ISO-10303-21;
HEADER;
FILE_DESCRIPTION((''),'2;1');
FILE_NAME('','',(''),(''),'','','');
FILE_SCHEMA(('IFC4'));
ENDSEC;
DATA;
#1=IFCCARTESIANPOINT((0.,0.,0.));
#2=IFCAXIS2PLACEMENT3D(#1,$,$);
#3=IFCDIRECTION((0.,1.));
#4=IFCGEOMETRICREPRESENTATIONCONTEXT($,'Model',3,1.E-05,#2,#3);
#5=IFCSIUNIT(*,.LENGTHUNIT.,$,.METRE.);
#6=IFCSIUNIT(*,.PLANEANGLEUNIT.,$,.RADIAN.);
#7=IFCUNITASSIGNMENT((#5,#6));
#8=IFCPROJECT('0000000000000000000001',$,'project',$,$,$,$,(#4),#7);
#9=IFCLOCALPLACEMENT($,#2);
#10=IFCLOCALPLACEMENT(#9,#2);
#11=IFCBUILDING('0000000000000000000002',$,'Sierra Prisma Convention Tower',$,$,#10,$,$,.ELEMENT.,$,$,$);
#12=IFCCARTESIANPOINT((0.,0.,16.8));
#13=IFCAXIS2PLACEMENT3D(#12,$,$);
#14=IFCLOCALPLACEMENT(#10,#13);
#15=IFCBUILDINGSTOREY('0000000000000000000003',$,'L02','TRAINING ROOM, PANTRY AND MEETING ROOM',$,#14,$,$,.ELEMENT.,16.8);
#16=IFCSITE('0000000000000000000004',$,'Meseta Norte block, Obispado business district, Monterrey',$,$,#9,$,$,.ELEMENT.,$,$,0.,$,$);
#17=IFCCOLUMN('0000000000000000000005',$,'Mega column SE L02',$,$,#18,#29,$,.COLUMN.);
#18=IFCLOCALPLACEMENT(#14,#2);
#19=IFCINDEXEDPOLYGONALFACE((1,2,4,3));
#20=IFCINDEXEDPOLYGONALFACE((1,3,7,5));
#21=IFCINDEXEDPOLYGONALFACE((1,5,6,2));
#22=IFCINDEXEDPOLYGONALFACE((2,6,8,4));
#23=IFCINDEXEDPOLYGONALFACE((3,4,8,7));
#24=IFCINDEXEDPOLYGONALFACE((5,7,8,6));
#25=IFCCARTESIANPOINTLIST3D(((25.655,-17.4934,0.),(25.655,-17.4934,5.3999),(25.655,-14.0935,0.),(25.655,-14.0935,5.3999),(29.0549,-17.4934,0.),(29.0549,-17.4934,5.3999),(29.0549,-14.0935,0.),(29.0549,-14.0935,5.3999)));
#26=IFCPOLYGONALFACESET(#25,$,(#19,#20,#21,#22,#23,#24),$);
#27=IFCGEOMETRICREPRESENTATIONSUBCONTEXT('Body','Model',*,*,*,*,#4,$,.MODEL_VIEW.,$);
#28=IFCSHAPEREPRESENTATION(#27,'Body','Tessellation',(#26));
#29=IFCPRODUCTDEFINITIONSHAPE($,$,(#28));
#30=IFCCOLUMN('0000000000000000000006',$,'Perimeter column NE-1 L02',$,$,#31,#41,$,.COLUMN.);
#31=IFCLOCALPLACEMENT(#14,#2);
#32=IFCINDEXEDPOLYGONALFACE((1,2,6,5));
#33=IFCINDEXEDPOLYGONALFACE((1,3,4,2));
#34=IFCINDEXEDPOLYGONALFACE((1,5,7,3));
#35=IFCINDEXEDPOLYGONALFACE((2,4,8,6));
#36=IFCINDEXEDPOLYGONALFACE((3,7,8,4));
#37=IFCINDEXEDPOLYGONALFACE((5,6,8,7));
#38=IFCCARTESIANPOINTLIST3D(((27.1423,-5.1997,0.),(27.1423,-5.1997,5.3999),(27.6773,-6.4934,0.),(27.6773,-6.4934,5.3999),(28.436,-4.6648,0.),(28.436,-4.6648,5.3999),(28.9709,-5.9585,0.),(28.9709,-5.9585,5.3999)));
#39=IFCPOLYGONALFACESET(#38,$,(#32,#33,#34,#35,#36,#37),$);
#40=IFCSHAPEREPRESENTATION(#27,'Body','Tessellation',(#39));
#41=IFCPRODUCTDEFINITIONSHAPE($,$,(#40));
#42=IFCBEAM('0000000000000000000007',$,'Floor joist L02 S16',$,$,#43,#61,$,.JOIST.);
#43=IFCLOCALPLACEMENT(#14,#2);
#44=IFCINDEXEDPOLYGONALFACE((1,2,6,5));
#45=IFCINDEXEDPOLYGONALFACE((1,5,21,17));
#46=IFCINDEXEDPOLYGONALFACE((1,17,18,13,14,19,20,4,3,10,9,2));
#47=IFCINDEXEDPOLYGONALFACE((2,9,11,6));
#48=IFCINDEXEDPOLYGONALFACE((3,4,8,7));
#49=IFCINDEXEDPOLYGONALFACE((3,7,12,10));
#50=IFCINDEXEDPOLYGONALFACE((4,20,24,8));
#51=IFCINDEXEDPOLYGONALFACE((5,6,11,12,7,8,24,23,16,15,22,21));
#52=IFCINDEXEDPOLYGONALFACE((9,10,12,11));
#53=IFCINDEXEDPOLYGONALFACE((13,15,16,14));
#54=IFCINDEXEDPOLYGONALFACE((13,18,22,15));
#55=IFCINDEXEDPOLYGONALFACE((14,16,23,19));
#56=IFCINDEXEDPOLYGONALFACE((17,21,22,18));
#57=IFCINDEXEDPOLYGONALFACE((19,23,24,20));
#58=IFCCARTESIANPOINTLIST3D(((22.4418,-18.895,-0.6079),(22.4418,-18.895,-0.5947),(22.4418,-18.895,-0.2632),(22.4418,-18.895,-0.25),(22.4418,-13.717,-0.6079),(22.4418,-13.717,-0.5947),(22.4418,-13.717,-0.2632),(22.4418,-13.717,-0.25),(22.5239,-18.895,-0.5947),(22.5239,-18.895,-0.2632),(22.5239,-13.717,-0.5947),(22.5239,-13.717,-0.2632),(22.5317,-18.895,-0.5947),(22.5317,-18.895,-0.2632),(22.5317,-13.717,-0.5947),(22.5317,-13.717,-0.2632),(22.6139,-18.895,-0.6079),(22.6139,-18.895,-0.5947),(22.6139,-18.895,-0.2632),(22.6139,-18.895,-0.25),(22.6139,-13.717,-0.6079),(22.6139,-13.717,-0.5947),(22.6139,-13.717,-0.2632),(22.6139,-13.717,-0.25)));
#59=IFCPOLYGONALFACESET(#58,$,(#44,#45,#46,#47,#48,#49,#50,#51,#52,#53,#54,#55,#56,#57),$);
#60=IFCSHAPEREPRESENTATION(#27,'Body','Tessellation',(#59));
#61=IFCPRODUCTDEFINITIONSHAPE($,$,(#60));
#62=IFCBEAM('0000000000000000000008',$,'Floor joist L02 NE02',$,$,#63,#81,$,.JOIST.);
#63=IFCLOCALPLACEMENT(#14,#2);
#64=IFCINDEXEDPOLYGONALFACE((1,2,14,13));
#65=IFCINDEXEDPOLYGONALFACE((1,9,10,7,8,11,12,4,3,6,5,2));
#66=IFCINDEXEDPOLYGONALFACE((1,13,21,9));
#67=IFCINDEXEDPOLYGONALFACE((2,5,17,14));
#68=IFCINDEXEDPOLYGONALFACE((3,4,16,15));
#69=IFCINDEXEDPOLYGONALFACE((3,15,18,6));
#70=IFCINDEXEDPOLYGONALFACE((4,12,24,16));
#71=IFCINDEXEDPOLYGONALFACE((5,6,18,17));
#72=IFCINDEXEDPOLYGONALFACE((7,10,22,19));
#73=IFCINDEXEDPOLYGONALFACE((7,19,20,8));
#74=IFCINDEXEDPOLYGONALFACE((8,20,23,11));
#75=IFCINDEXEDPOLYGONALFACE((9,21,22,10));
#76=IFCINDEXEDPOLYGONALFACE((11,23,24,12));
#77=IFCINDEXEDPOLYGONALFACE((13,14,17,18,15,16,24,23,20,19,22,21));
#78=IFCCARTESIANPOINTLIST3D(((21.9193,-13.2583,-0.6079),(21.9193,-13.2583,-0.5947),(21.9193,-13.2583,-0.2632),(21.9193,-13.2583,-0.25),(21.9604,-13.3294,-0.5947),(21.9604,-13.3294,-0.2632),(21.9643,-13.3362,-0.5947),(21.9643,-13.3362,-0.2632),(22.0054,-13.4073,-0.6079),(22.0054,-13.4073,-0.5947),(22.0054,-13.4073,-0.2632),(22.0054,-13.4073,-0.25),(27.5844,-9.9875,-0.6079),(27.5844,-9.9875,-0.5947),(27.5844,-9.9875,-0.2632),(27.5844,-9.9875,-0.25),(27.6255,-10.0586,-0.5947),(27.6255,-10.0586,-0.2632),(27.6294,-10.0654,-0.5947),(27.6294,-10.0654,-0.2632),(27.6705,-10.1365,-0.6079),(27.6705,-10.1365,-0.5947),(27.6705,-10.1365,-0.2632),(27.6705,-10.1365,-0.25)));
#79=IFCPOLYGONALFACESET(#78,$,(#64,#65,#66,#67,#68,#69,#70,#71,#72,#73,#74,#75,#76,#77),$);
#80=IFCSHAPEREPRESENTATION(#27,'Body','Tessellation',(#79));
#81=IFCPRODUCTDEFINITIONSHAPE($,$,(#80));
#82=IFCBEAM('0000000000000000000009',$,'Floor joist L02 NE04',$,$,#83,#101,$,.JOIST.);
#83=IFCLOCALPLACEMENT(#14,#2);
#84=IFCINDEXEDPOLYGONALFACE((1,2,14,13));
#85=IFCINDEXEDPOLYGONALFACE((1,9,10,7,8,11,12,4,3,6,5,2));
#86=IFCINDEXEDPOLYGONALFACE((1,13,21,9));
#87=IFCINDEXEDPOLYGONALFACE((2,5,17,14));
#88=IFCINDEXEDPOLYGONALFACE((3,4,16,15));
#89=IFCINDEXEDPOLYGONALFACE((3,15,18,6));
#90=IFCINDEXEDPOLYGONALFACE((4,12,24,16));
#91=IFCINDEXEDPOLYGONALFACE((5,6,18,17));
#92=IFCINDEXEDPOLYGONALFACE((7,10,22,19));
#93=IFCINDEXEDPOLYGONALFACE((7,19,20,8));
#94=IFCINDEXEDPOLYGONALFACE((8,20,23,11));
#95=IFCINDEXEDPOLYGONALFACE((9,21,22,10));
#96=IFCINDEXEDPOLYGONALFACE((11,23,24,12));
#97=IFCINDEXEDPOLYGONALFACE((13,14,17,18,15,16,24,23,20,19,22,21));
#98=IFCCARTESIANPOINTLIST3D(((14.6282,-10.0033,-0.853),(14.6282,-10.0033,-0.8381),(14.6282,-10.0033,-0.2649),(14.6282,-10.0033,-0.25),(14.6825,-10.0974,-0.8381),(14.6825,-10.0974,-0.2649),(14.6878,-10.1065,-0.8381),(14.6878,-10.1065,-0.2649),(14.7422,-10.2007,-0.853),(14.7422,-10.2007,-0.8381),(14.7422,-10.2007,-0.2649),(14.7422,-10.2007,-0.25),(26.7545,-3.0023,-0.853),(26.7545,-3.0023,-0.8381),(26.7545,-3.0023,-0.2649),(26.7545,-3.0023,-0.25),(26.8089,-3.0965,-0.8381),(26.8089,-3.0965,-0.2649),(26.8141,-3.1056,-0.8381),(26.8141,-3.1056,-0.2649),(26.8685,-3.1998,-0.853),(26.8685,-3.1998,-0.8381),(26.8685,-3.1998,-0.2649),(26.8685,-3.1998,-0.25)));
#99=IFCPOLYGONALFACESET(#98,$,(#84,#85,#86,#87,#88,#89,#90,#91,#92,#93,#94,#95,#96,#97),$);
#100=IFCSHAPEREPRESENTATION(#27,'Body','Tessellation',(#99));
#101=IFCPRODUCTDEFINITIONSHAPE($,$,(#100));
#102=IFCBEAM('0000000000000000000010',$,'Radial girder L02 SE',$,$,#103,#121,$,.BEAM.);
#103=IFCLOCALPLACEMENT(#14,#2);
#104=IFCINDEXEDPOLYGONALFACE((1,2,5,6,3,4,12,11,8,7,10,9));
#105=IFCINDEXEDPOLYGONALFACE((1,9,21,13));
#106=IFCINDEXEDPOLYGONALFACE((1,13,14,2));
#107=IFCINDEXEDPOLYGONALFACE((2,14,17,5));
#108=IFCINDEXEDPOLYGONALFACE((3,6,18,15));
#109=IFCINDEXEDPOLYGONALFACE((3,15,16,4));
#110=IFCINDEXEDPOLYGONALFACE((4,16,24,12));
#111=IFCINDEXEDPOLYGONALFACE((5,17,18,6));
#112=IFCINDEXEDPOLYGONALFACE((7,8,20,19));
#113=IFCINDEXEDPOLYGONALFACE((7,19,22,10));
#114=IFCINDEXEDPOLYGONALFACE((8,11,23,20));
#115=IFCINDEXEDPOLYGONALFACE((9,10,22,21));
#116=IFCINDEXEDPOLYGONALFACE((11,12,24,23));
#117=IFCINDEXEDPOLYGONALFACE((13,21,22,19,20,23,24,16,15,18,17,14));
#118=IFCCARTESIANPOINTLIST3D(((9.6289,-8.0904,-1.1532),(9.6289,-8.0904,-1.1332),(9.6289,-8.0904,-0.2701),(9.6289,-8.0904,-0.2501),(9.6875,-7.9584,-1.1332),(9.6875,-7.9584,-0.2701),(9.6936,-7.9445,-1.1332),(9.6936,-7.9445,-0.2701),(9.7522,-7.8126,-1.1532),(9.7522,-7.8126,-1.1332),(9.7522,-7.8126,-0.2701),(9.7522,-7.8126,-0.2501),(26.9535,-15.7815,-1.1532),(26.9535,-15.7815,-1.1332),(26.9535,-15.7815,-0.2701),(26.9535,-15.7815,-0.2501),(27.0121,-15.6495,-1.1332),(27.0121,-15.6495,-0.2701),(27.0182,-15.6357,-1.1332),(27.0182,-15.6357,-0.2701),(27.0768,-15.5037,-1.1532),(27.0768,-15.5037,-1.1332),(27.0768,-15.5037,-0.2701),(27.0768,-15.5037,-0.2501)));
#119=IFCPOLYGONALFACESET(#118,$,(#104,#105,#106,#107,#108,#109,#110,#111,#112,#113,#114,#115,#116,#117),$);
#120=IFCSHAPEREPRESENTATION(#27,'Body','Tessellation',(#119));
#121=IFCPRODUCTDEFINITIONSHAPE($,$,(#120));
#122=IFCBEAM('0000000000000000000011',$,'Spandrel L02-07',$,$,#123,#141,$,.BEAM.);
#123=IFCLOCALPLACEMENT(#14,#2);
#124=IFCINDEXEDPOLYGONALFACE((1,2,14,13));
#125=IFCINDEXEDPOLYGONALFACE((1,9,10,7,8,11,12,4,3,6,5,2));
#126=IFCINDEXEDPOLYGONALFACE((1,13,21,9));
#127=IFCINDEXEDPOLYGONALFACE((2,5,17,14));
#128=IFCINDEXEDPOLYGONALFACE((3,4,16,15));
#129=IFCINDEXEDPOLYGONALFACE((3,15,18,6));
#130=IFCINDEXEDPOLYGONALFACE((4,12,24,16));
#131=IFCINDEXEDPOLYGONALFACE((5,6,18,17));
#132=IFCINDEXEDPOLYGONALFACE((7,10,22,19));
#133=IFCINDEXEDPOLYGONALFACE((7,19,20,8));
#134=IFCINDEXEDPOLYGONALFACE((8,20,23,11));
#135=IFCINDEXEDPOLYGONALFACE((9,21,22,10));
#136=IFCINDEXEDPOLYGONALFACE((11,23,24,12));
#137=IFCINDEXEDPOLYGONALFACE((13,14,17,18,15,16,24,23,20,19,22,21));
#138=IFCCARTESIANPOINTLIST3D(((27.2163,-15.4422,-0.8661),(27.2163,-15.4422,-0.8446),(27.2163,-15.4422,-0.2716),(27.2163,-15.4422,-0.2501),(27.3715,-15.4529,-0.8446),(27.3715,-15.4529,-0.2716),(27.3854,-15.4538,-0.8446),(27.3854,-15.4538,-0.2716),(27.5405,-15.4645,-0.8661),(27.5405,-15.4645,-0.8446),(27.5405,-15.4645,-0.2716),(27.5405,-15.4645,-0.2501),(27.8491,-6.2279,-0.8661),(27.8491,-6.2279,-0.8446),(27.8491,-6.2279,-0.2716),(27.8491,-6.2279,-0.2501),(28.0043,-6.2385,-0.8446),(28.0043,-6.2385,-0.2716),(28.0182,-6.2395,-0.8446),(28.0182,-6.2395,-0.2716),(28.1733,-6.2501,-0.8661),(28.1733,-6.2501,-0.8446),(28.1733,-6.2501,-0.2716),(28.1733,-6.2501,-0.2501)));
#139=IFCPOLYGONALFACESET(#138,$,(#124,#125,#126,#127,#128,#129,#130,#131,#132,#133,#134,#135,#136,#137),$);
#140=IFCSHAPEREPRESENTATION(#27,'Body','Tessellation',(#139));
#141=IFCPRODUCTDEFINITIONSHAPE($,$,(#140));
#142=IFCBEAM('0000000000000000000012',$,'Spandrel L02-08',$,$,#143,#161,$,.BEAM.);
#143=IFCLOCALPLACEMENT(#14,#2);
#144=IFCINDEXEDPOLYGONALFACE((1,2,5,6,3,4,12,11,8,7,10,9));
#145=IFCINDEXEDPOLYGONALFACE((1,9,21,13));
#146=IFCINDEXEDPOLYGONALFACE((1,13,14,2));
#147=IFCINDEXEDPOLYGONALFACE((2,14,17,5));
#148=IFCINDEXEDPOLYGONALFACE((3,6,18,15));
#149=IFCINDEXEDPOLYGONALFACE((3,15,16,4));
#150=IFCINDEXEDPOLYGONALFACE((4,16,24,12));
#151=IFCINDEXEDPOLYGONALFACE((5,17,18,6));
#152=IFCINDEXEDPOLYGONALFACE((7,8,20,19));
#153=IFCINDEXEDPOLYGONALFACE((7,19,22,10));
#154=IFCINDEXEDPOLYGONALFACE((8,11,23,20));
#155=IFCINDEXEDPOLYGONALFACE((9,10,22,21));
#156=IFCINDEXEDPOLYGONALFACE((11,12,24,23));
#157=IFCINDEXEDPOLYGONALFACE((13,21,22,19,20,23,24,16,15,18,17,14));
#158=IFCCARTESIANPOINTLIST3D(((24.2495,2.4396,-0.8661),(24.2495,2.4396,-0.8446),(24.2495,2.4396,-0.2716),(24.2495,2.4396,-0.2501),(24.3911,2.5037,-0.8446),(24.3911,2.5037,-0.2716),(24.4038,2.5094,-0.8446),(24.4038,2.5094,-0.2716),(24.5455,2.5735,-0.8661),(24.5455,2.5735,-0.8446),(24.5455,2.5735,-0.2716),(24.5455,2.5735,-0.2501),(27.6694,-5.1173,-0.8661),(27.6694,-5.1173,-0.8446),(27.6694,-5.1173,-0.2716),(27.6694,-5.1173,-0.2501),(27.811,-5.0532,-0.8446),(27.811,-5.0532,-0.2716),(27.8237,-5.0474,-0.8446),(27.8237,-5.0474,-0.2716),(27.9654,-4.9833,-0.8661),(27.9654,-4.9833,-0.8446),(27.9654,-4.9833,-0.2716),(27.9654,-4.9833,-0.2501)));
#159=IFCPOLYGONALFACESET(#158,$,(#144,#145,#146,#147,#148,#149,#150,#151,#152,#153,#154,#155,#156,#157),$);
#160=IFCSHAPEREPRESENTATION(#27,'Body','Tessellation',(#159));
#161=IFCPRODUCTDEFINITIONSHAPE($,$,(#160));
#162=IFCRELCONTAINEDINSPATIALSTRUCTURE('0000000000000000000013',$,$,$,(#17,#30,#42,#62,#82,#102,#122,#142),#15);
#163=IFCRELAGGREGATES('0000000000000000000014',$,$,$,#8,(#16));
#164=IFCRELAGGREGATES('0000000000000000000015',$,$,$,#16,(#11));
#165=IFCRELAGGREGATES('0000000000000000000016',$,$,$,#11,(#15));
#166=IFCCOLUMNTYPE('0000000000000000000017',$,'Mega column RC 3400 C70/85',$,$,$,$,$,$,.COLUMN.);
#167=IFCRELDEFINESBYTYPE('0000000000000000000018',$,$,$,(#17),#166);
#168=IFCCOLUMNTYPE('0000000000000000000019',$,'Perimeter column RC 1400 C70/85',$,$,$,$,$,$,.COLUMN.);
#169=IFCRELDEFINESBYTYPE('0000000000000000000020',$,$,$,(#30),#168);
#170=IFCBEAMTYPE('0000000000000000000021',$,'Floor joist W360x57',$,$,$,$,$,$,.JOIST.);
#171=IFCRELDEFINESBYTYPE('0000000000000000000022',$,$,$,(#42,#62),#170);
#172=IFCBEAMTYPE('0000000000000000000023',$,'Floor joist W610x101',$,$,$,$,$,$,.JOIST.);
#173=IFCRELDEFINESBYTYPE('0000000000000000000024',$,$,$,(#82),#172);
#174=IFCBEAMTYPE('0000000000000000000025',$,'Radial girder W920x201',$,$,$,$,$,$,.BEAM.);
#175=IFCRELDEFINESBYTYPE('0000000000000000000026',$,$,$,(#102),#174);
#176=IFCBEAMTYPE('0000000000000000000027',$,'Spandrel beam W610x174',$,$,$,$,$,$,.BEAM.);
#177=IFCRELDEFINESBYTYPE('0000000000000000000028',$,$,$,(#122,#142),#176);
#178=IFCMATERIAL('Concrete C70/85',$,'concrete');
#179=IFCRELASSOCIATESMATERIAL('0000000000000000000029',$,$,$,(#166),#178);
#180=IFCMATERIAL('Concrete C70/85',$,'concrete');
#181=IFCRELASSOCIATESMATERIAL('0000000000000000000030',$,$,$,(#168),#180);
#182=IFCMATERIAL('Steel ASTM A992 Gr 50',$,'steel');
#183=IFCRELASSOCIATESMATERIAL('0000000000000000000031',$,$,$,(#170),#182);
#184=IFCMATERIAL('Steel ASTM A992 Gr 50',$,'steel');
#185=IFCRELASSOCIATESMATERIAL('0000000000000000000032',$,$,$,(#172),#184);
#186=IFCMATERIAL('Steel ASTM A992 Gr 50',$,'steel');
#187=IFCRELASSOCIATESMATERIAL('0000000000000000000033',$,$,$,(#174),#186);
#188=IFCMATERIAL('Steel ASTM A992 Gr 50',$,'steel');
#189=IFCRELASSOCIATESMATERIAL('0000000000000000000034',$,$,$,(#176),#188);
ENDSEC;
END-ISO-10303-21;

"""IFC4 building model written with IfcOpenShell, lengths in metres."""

from ifc_helpers import new_model, si_unit, direction, frame, origin, origin_2d, place, context, subcontext, project, spatial, rectangle, i_section, extrude, material, material_profile, profile_set, type_object, element, save


model = new_model("IFC4")

# Units and contexts
model_context = context("Model", 3, precision=1e-05, world=origin(), true_north=direction((0.0, 1.0)))
body_context = subcontext(model_context, "Body", "Model", "MODEL_VIEW")
ifc_project = project(units=[si_unit("LENGTHUNIT", "METRE"), si_unit("PLANEANGLEUNIT", "RADIAN")], contexts=[model_context])

# Site, building, storey
site_placement = place(None, origin())
site = spatial("IfcSite", under=ifc_project, at=site_placement, Name="Meseta Norte block, Obispado business district, Monterrey", CompositionType="ELEMENT", RefElevation=0.0)
building_placement = place(site_placement, origin())
building = spatial("IfcBuilding", under=site, at=building_placement, Name="Sierra Prisma Convention Tower", CompositionType="ELEMENT")
storey_placement = place(building_placement, frame((0.0, 0.0, 16.8)))
storey = spatial("IfcBuildingStorey", under=building, at=storey_placement, Name="L02", Description="TRAINING ROOM, PANTRY AND MEETING ROOM", CompositionType="ELEMENT", Elevation=16.8)

# Columns
ifc_material_1 = material(Name="Concrete C70/85", Category="concrete")
ifc_material_profile_1 = material_profile(ifc_material_1, rectangle(XDim=3.3999, YDim=3.3999, at=origin_2d()), Name="Mega column RC 3400 C70/85")
ifc_profile_set_1 = profile_set([ifc_material_profile_1], Name="Concrete C70/85")
column_type_1 = type_object("IfcColumnType", Name="Mega column RC 3400 C70/85", PredefinedType="COLUMN", material=ifc_profile_set_1)
column_1_placement = place(storey_placement, frame((27.355, -15.7935, 0.0), z_axis=(0.0, 0.0, 1.0), x_axis=(1.0, 0.0, 0.0)))
element("IfcColumn", 1, at=column_1_placement, inside=storey, type_object=column_type_1, Name="Mega column SE L02", PredefinedType="COLUMN", context=body_context, shape_type="SweptSolid", body=[
    extrude(rectangle(XDim=3.3999, YDim=3.3999, at=origin_2d()), origin(), (0.0, 0.0, 1.0), 5.3999),
])
ifc_material_2 = material(Name="Concrete C70/85", Category="concrete")
ifc_material_profile_2 = material_profile(ifc_material_2, rectangle(XDim=1.3999, YDim=1.3999, at=origin_2d()), Name="Perimeter column RC 1400 C70/85")
ifc_profile_set_2 = profile_set([ifc_material_profile_2], Name="Concrete C70/85")
column_type_2 = type_object("IfcColumnType", Name="Perimeter column RC 1400 C70/85", PredefinedType="COLUMN", material=ifc_profile_set_2)
column_2_placement = place(storey_placement, frame((28.0566, -5.5791, 0.0), z_axis=(0.0, 0.0, 1.0), x_axis=(-0.382135, 0.924106, 0.0)))
element("IfcColumn", 2, at=column_2_placement, inside=storey, type_object=column_type_2, Name="Perimeter column NE-1 L02", PredefinedType="COLUMN", context=body_context, shape_type="SweptSolid", body=[
    extrude(rectangle(XDim=1.3999, YDim=1.3999, at=origin_2d()), origin(), (0.0, 0.0, 1.0), 5.3999),
])

# Beams
ifc_material_3 = material(Name="Steel ASTM A992 Gr 50", Category="steel")
ifc_material_profile_3 = material_profile(ifc_material_3, i_section(OverallWidth=0.1721, OverallDepth=0.3579, WebThickness=0.0078, FlangeThickness=0.0132, at=origin_2d()), Name="W360x57")
ifc_profile_set_3 = profile_set([ifc_material_profile_3], Name="Steel ASTM A992 Gr 50")
beam_type_1 = type_object("IfcBeamType", Name="Floor joist W360x57", PredefinedType="JOIST", material=ifc_profile_set_3)
beam_1_placement = place(storey_placement, frame((22.5278, -18.895, -0.429), z_axis=(0.0, 1.0, 0.0), x_axis=(-1.0, 0.0, 0.0)))
element("IfcBeam", 3, at=beam_1_placement, inside=storey, type_object=beam_type_1, Name="Floor joist L02 S16", PredefinedType="JOIST", context=body_context, shape_type="SweptSolid", body=[
    extrude(i_section(OverallWidth=0.1721, OverallDepth=0.3579, WebThickness=0.0078, FlangeThickness=0.0132, at=origin_2d()), origin(), (0.0, 0.0, 1.0), 5.178),
])
beam_2_placement = place(storey_placement, frame((27.6274, -10.062, -0.429), z_axis=(-0.866023, -0.500005, 0.0), x_axis=(0.500005, -0.866023, 0.0)))
element("IfcBeam", 4, at=beam_2_placement, inside=storey, type_object=beam_type_1, Name="Floor joist L02 NE02", PredefinedType="JOIST", context=body_context, shape_type="SweptSolid", body=[
    extrude(i_section(OverallWidth=0.1721, OverallDepth=0.3579, WebThickness=0.0078, FlangeThickness=0.0132, at=origin_2d()), origin(), (0.0, 0.0, 1.0), 6.5415),
])
ifc_material_4 = material(Name="Steel ASTM A992 Gr 50", Category="steel")
ifc_material_profile_4 = material_profile(ifc_material_4, i_section(OverallWidth=0.228, OverallDepth=0.603, WebThickness=0.0105, FlangeThickness=0.0149, at=origin_2d()), Name="W610x101")
ifc_profile_set_4 = profile_set([ifc_material_profile_4], Name="Steel ASTM A992 Gr 50")
beam_type_2 = type_object("IfcBeamType", Name="Floor joist W610x101", PredefinedType="JOIST", material=ifc_profile_set_4)
beam_3_placement = place(storey_placement, frame((26.8115, -3.1011, -0.5515), z_axis=(-0.866033, -0.499987, 0.0), x_axis=(0.499987, -0.866033, 0.0)))
element("IfcBeam", 5, at=beam_3_placement, inside=storey, type_object=beam_type_2, Name="Floor joist L02 NE04", PredefinedType="JOIST", context=body_context, shape_type="SweptSolid", body=[
    extrude(i_section(OverallWidth=0.228, OverallDepth=0.603, WebThickness=0.0105, FlangeThickness=0.0149, at=origin_2d()), origin(), (0.0, 0.0, 1.0), 14.0022),
])
ifc_material_5 = material(Name="Steel ASTM A992 Gr 50", Category="steel")
ifc_material_profile_5 = material_profile(ifc_material_5, i_section(OverallWidth=0.304, OverallDepth=0.9031, WebThickness=0.0151, FlangeThickness=0.02, at=origin_2d()), Name="W920x201")
ifc_profile_set_5 = profile_set([ifc_material_profile_5], Name="Steel ASTM A992 Gr 50")
beam_type_3 = type_object("IfcBeamType", Name="Radial girder W920x201", PredefinedType="BEAM", material=ifc_profile_set_5)
beam_4_placement = place(storey_placement, frame((27.0151, -15.6426, -0.7017), z_axis=(-0.913982, 0.405755, 0.0), x_axis=(-0.405755, -0.913982, 0.0)))
element("IfcBeam", 6, at=beam_4_placement, inside=storey, type_object=beam_type_3, Name="Radial girder L02 SE", PredefinedType="BEAM", context=body_context, shape_type="SweptSolid", body=[
    extrude(i_section(OverallWidth=0.304, OverallDepth=0.9031, WebThickness=0.0151, FlangeThickness=0.02, at=origin_2d()), origin(), (0.0, 0.0, 1.0), 18.9551),
])
ifc_material_6 = material(Name="Steel ASTM A992 Gr 50", Category="steel")
ifc_material_profile_6 = material_profile(ifc_material_6, i_section(OverallWidth=0.325, OverallDepth=0.616, WebThickness=0.0139, FlangeThickness=0.0215, at=origin_2d()), Name="W610x174")
ifc_profile_set_6 = profile_set([ifc_material_profile_6], Name="Steel ASTM A992 Gr 50")
beam_type_4 = type_object("IfcBeamType", Name="Spandrel beam W610x174", PredefinedType="BEAM", material=ifc_profile_set_6)
beam_5_placement = place(storey_placement, frame((27.3784, -15.4534, -0.5581), z_axis=(0.068515, 0.99765, 0.0), x_axis=(-0.99765, 0.068515, 0.0)))
element("IfcBeam", 7, at=beam_5_placement, inside=storey, type_object=beam_type_4, Name="Spandrel L02-07", PredefinedType="BEAM", context=body_context, shape_type="SweptSolid", body=[
    extrude(i_section(OverallWidth=0.325, OverallDepth=0.616, WebThickness=0.0139, FlangeThickness=0.0215, at=origin_2d()), origin(), (0.0, 0.0, 1.0), 9.2361),
])
beam_6_placement = place(storey_placement, frame((27.8174, -5.0503, -0.5581), z_axis=(-0.412301, 0.911048, 0.0), x_axis=(-0.911048, -0.412301, 0.0)))
element("IfcBeam", 8, at=beam_6_placement, inside=storey, type_object=beam_type_4, Name="Spandrel L02-08", PredefinedType="BEAM", context=body_context, shape_type="SweptSolid", body=[
    extrude(i_section(OverallWidth=0.325, OverallDepth=0.616, WebThickness=0.0139, FlangeThickness=0.0215, at=origin_2d()), origin(), (0.0, 0.0, 1.0), 8.2947),
])

save(model, "model.ifc")
